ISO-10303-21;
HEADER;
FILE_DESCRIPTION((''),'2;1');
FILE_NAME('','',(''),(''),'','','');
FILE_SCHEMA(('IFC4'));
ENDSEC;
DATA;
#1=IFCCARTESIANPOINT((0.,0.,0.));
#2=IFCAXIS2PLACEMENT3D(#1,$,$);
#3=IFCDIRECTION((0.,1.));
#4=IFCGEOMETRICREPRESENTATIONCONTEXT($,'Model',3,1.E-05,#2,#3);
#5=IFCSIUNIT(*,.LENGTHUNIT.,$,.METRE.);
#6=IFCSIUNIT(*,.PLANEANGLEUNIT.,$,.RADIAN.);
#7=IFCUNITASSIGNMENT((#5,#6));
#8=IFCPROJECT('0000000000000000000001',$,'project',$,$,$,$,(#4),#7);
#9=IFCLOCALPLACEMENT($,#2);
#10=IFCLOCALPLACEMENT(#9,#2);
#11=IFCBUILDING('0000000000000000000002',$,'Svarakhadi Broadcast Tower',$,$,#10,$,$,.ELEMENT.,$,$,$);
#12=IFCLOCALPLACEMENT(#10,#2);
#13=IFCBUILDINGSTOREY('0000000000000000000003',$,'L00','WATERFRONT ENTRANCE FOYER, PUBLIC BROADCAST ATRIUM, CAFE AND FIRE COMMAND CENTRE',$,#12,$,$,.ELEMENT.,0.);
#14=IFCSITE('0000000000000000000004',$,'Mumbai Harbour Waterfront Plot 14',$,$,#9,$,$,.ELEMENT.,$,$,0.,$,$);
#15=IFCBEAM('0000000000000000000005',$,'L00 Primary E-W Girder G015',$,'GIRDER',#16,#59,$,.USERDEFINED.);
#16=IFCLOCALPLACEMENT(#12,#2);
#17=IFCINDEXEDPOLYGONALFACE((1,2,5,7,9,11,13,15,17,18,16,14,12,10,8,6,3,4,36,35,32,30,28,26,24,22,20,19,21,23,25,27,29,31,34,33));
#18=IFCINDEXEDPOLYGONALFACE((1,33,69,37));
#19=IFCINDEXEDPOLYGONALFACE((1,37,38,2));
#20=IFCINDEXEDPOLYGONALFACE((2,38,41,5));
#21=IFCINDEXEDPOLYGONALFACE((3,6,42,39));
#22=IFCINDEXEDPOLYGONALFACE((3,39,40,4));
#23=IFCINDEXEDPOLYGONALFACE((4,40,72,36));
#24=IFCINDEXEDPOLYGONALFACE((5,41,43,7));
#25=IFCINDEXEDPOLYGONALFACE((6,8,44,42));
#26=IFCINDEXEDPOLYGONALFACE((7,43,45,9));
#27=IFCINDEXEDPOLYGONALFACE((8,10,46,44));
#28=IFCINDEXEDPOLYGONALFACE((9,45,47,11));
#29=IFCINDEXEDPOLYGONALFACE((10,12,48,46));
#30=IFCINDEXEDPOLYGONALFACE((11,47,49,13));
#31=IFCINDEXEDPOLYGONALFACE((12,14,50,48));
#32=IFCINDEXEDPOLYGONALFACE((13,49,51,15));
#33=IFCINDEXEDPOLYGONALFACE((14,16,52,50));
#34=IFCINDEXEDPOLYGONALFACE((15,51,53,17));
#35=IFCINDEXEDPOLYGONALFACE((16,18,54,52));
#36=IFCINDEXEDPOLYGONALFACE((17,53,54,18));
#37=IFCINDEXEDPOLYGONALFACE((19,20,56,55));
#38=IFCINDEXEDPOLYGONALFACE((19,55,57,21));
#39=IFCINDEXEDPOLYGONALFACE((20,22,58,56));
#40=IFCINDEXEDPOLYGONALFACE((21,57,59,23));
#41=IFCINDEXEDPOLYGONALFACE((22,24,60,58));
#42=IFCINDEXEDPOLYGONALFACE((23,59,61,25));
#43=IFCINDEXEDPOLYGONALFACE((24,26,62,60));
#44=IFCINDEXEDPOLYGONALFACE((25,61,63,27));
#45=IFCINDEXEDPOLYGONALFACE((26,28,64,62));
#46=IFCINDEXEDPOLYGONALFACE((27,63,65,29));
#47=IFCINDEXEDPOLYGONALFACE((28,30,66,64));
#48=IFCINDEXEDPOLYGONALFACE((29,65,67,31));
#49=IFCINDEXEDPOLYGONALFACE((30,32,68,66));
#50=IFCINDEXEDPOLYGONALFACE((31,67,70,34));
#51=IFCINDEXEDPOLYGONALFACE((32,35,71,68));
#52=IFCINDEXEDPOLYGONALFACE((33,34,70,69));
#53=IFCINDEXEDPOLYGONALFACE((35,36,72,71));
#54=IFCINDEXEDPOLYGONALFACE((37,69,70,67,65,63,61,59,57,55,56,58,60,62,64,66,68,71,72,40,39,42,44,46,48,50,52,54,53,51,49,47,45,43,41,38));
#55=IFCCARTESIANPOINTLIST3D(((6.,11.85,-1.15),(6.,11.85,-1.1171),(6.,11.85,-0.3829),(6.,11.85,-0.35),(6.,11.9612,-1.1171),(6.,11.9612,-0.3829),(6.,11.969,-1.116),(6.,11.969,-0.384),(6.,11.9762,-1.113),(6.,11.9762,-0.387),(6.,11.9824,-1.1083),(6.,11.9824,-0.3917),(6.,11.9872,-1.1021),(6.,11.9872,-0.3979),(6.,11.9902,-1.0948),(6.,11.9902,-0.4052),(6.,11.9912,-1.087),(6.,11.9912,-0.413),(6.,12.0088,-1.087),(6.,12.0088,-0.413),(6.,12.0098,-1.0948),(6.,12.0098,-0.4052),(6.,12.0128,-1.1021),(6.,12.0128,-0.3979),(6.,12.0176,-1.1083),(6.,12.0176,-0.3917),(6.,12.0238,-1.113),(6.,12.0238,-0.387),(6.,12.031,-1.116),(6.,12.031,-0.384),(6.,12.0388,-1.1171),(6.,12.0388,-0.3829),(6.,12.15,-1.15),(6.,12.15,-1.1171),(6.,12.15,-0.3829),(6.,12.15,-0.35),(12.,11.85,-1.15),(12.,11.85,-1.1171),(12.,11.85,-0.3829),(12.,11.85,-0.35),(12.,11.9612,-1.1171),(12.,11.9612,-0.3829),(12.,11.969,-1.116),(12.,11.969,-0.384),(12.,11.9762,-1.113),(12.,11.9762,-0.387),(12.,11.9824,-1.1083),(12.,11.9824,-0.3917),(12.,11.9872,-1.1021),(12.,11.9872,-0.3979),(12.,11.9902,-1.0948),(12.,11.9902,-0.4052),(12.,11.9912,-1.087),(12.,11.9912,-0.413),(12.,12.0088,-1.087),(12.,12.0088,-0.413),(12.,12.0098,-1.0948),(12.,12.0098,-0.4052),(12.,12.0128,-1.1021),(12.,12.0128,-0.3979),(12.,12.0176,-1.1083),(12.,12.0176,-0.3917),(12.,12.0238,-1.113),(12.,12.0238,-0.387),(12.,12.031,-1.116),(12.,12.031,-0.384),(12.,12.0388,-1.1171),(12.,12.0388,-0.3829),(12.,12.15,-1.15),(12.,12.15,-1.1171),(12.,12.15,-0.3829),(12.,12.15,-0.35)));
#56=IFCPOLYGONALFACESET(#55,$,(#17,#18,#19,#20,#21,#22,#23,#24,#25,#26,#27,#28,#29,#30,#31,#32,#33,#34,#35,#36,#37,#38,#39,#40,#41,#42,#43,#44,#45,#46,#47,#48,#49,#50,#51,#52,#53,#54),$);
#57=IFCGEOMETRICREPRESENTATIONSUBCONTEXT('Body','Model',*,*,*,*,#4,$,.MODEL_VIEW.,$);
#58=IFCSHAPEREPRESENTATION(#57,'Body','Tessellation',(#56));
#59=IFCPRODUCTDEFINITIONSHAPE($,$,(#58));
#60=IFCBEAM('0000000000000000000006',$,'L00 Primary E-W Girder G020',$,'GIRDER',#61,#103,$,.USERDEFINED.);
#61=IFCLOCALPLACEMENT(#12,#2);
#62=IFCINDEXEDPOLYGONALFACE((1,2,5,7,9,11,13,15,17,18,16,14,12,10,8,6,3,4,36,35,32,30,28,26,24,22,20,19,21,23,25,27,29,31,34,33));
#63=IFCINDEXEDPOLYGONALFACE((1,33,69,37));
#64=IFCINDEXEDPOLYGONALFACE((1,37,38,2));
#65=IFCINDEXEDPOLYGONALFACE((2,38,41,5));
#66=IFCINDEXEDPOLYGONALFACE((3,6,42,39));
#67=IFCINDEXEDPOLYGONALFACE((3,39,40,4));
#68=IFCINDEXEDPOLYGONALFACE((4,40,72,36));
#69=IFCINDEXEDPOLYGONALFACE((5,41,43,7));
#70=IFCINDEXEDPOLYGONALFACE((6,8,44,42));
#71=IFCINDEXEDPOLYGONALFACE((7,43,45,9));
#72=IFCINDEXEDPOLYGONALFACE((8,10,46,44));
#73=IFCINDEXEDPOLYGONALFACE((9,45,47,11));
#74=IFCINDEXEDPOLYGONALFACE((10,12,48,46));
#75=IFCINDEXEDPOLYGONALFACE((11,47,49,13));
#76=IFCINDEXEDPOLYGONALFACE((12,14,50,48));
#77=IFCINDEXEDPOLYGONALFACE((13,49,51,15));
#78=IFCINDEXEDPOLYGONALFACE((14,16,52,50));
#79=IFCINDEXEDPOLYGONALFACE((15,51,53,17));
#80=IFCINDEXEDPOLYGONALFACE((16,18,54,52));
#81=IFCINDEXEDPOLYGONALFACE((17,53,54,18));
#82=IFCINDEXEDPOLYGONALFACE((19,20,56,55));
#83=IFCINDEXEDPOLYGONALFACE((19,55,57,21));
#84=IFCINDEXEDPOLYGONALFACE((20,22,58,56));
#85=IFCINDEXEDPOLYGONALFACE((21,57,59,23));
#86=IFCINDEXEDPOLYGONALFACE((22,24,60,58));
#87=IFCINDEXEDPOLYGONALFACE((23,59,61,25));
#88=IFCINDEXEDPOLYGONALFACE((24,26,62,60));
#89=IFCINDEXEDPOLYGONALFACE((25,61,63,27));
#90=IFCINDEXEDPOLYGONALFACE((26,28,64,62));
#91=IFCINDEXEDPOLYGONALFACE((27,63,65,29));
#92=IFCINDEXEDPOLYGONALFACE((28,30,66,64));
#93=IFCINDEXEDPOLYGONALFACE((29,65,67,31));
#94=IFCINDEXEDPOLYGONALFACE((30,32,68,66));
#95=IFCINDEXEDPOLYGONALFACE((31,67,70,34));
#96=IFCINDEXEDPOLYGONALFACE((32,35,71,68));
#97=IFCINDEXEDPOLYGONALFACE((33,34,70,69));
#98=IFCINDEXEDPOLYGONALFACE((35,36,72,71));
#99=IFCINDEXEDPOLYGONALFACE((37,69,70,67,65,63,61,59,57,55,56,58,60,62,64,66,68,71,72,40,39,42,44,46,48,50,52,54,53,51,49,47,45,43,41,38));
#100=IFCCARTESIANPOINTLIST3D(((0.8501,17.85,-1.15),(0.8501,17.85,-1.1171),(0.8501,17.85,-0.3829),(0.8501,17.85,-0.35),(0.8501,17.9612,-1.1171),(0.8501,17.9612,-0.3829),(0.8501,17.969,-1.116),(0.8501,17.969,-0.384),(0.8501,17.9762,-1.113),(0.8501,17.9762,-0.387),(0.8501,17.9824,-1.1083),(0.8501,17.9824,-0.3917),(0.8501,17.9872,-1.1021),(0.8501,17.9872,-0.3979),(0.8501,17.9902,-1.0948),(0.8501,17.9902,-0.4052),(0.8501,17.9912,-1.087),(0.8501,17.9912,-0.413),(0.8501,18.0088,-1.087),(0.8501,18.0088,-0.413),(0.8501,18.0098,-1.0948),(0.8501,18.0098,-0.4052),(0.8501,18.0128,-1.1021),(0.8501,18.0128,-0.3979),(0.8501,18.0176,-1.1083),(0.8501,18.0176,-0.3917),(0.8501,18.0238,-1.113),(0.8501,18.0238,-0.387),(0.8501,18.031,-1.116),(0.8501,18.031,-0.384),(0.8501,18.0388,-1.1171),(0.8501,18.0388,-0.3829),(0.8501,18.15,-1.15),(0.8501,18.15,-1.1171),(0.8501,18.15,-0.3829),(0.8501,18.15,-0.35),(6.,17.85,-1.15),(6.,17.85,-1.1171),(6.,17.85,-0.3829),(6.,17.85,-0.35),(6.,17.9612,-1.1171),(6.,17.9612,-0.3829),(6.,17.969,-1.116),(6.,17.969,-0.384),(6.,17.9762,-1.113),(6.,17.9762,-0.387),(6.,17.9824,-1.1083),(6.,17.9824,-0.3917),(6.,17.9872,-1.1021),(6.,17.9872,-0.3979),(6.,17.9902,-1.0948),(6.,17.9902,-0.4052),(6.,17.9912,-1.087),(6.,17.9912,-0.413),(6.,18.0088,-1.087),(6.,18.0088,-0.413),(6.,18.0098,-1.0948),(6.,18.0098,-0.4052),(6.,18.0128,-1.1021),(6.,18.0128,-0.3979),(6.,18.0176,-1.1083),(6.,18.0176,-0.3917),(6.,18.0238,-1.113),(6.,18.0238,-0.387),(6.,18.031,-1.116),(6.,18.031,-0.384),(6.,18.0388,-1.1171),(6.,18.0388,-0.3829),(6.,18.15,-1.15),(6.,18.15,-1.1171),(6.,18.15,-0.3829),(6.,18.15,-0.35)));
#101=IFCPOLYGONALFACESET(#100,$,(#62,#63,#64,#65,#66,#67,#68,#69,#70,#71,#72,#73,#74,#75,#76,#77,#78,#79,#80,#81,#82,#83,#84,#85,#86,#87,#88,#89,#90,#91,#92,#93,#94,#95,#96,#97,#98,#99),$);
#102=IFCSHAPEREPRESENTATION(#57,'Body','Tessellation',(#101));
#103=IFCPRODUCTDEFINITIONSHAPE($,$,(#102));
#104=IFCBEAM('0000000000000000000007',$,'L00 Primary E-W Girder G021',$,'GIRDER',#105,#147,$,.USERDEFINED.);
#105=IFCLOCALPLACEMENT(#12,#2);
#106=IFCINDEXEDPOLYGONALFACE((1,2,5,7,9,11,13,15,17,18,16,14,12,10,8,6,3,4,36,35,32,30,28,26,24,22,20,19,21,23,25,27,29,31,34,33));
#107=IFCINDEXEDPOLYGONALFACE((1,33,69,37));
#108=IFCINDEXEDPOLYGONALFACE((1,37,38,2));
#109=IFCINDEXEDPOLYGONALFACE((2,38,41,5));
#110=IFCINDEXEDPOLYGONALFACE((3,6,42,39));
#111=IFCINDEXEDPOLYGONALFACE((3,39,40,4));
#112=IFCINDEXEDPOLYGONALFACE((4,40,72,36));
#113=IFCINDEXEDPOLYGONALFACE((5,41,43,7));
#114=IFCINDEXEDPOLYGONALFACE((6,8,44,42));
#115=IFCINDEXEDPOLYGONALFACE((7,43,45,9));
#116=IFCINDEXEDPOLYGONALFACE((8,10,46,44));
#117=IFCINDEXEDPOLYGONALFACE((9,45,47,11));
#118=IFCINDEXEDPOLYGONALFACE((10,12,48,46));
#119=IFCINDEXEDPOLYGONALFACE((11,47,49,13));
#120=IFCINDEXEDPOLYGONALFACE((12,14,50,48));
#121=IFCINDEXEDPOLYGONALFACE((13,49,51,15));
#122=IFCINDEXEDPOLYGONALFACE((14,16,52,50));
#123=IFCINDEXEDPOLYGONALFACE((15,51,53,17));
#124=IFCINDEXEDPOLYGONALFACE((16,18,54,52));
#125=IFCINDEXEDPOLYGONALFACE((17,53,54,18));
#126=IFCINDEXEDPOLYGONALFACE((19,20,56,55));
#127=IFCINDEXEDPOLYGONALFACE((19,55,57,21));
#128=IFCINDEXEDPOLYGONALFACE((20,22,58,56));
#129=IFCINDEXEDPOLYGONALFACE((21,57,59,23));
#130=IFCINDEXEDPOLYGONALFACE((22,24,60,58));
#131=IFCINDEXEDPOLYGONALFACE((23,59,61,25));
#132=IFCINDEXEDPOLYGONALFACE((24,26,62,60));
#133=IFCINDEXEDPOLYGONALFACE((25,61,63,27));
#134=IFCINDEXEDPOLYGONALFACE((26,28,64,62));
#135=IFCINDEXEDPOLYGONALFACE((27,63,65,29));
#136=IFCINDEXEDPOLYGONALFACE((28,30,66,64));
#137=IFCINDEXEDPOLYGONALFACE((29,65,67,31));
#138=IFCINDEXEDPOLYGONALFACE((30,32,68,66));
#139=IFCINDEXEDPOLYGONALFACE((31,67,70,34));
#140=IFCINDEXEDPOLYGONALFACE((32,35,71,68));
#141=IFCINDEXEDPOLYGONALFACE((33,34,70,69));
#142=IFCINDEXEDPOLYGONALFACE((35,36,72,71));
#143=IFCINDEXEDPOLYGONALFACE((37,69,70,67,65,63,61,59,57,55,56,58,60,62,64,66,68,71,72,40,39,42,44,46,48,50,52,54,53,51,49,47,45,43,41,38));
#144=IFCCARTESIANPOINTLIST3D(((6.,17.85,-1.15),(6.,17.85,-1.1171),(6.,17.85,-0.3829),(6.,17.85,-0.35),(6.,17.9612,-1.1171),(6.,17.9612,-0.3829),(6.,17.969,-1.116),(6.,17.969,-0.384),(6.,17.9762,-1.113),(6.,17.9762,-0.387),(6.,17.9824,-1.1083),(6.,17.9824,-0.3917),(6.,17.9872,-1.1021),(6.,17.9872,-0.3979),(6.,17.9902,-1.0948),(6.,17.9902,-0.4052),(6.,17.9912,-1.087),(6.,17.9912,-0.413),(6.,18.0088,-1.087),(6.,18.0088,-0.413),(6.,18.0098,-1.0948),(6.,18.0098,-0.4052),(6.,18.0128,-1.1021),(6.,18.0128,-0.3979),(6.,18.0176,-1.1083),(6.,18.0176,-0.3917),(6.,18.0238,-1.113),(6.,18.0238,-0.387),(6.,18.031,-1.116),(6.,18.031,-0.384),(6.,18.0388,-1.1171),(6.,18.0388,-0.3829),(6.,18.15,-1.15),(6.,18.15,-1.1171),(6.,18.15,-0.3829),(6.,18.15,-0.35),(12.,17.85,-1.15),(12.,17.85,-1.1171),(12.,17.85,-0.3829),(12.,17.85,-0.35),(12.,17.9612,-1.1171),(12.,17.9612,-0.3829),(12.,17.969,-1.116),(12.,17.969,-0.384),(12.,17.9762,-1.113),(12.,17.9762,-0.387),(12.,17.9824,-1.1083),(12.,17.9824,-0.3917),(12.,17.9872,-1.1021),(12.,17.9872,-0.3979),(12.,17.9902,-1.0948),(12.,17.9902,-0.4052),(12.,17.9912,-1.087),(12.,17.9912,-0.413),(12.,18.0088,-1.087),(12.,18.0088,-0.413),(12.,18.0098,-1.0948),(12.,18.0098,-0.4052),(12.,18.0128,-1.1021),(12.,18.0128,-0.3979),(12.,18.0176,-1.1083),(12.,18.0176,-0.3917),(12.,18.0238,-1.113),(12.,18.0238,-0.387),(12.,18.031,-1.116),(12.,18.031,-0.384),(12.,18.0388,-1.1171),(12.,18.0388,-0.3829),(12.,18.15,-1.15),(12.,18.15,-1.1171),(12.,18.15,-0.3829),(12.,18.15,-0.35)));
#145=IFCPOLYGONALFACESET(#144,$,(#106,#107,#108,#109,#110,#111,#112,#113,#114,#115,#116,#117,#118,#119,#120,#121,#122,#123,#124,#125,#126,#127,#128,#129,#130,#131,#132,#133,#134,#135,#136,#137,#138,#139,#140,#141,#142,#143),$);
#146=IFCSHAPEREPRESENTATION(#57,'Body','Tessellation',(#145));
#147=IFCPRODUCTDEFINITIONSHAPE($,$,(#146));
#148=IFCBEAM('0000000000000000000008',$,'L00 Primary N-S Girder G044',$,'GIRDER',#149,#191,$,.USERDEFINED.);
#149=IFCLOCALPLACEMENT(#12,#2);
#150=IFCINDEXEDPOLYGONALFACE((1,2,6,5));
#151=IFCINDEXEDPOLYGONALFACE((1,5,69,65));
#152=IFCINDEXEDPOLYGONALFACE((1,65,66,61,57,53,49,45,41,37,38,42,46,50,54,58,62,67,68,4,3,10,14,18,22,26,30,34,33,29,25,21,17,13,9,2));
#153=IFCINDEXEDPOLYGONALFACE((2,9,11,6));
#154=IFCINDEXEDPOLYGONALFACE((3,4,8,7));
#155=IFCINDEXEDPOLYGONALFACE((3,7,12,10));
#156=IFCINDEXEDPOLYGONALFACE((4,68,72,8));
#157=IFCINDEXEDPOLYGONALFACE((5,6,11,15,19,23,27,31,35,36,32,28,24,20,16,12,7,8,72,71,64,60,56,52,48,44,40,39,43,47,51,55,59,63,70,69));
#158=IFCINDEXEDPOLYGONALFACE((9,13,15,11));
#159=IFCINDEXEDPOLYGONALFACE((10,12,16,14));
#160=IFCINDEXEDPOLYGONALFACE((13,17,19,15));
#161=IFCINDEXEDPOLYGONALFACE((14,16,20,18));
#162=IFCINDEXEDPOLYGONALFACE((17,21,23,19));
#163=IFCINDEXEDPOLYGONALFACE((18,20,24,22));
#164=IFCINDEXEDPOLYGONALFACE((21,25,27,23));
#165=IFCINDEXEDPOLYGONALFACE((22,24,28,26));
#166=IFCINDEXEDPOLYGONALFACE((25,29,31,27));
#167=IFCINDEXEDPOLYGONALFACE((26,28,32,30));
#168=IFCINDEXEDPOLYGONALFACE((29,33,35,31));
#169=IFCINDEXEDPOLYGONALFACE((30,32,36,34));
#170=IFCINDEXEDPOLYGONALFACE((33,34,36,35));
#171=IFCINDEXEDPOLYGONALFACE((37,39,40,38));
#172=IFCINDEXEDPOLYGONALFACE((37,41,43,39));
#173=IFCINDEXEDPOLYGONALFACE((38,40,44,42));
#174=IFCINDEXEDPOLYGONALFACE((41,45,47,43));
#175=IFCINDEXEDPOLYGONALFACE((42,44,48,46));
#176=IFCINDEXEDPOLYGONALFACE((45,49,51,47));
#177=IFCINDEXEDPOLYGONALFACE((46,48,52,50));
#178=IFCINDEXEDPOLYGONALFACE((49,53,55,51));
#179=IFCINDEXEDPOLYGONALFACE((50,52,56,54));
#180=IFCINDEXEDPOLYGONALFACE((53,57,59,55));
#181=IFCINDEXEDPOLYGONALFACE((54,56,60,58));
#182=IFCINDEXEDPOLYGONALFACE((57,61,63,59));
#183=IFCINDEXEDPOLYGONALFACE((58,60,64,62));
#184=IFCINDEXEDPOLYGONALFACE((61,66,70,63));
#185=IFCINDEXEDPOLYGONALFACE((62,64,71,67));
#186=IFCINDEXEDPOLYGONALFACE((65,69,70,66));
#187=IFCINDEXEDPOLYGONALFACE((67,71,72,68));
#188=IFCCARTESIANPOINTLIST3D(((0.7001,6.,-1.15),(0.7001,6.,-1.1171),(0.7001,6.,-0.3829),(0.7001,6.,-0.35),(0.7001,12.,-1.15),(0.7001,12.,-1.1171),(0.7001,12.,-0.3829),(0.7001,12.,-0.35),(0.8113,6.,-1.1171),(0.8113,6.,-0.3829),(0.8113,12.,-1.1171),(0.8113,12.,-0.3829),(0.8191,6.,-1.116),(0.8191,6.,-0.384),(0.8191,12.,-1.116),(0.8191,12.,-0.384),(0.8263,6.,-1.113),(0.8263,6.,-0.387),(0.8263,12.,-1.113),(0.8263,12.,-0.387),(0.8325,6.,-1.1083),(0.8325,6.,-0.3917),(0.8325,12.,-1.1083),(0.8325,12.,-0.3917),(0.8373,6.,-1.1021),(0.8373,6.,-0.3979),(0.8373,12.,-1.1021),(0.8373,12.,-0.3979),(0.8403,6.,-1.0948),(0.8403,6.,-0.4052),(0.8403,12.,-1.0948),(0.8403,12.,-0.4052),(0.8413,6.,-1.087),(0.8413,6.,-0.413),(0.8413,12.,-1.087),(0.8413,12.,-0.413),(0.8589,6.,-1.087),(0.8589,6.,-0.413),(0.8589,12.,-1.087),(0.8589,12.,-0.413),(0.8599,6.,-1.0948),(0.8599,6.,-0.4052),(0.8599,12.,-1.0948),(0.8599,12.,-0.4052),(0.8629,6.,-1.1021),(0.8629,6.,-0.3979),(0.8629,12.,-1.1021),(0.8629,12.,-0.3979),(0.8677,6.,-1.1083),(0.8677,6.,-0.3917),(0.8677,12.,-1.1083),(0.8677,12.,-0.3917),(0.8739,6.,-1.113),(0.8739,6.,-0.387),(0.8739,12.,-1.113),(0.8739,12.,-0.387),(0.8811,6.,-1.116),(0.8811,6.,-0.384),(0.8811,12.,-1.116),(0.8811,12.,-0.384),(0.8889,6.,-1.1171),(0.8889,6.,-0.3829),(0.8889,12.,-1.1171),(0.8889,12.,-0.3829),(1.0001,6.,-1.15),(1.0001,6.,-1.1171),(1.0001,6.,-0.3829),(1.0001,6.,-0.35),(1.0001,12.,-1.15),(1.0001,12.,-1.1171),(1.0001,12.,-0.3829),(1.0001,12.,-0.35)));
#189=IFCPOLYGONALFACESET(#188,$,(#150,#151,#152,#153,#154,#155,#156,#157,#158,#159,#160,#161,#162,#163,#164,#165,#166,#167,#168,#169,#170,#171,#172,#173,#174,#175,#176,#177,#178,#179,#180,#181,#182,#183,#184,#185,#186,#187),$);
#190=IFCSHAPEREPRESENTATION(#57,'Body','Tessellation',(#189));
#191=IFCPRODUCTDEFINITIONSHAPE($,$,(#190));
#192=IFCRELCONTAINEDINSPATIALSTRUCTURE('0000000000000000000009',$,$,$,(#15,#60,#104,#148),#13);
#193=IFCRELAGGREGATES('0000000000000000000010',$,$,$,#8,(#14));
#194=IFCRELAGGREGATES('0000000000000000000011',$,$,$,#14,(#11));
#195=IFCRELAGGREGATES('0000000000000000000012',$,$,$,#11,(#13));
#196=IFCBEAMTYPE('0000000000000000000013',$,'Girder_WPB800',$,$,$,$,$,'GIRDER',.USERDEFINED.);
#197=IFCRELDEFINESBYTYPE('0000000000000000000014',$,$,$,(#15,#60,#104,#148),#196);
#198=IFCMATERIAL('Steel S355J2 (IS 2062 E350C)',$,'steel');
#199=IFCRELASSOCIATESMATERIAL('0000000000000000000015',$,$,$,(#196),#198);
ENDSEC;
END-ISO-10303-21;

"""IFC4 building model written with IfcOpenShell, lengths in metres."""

from ifc_helpers import new_model, si_unit, direction, frame, origin, origin_2d, place, context, subcontext, project, spatial, i_section, extrude, material, material_profile, profile_set, type_object, element, save


model = new_model("IFC4")

# Units and contexts
model_context = context("Model", 3, precision=1e-05, world=origin(), true_north=direction((0.0, 1.0)))
body_context = subcontext(model_context, "Body", "Model", "MODEL_VIEW")
ifc_project = project(units=[si_unit("LENGTHUNIT", "METRE"), si_unit("PLANEANGLEUNIT", "RADIAN")], contexts=[model_context])

# Site, building, storey
site_placement = place(None, origin())
site = spatial("IfcSite", under=ifc_project, at=site_placement, Name="Mumbai Harbour Waterfront Plot 14", CompositionType="ELEMENT", RefElevation=0.0)
building_placement = place(site_placement, origin())
building = spatial("IfcBuilding", under=site, at=building_placement, Name="Svarakhadi Broadcast Tower", CompositionType="ELEMENT")
storey_placement = place(building_placement, origin())
storey = spatial("IfcBuildingStorey", under=building, at=storey_placement, Name="L00", Description="WATERFRONT ENTRANCE FOYER, PUBLIC BROADCAST ATRIUM, CAFE AND FIRE COMMAND CENTRE", CompositionType="ELEMENT", Elevation=0.0)

# Beams
ifc_material_1 = material(Name="Steel S355J2 (IS 2062 E350C)", Category="steel")
ifc_material_profile_1 = material_profile(ifc_material_1, i_section(OverallWidth=0.3, OverallDepth=0.8, WebThickness=0.0176, FlangeThickness=0.033, FilletRadius=0.03, at=origin_2d()), Name="WPB 800x300x262")
ifc_profile_set_1 = profile_set([ifc_material_profile_1], Name="Steel S355J2 (IS 2062 E350C)")
beam_type_1 = type_object("IfcBeamType", Name="Girder_WPB800", ElementType="GIRDER", PredefinedType="USERDEFINED", material=ifc_profile_set_1)
beam_1_placement = place(storey_placement, frame((6.0, 12.0, -0.75), z_axis=(1.0, 0.0, 0.0), x_axis=(0.0, 1.0, 0.0)))
element("IfcBeam", 1, at=beam_1_placement, inside=storey, type_object=beam_type_1, Name="L00 Primary E-W Girder G015", ObjectType="GIRDER", PredefinedType="USERDEFINED", context=body_context, shape_type="SweptSolid", body=[
    extrude(i_section(OverallWidth=0.3, OverallDepth=0.8, WebThickness=0.0176, FlangeThickness=0.033, FilletRadius=0.03, at=origin_2d()), origin(), (0.0, 0.0, 1.0), 6.0),
])
beam_2_placement = place(storey_placement, frame((0.8501, 18.0, -0.75), z_axis=(1.0, 0.0, 0.0), x_axis=(0.0, 1.0, 0.0)))
element("IfcBeam", 2, at=beam_2_placement, inside=storey, type_object=beam_type_1, Name="L00 Primary E-W Girder G020", ObjectType="GIRDER", PredefinedType="USERDEFINED", context=body_context, shape_type="SweptSolid", body=[
    extrude(i_section(OverallWidth=0.3, OverallDepth=0.8, WebThickness=0.0176, FlangeThickness=0.033, FilletRadius=0.03, at=origin_2d()), origin(), (0.0, 0.0, 1.0), 5.1499),
])
for number, where, z_axis, x_axis, name in (
    (3, (6.0, 18.0, -0.75), (1.0, 0.0, 0.0), (0.0, 1.0, 0.0), "L00 Primary E-W Girder G021"),
    (4, (0.8501, 6.0, -0.75), (0.0, 1.0, 0.0), (-1.0, 0.0, 0.0), "L00 Primary N-S Girder G044"),
):
    element("IfcBeam", number, at=place(storey_placement, frame(where, z_axis=z_axis, x_axis=x_axis)), inside=storey, type_object=beam_type_1, Name=name, ObjectType="GIRDER", PredefinedType="USERDEFINED", context=body_context, shape_type="SweptSolid", body=[
        extrude(i_section(OverallWidth=0.3, OverallDepth=0.8, WebThickness=0.0176, FlangeThickness=0.033, FilletRadius=0.03, at=origin_2d()), origin(), (0.0, 0.0, 1.0), 6.0),
    ])

save(model, "model.ifc")
